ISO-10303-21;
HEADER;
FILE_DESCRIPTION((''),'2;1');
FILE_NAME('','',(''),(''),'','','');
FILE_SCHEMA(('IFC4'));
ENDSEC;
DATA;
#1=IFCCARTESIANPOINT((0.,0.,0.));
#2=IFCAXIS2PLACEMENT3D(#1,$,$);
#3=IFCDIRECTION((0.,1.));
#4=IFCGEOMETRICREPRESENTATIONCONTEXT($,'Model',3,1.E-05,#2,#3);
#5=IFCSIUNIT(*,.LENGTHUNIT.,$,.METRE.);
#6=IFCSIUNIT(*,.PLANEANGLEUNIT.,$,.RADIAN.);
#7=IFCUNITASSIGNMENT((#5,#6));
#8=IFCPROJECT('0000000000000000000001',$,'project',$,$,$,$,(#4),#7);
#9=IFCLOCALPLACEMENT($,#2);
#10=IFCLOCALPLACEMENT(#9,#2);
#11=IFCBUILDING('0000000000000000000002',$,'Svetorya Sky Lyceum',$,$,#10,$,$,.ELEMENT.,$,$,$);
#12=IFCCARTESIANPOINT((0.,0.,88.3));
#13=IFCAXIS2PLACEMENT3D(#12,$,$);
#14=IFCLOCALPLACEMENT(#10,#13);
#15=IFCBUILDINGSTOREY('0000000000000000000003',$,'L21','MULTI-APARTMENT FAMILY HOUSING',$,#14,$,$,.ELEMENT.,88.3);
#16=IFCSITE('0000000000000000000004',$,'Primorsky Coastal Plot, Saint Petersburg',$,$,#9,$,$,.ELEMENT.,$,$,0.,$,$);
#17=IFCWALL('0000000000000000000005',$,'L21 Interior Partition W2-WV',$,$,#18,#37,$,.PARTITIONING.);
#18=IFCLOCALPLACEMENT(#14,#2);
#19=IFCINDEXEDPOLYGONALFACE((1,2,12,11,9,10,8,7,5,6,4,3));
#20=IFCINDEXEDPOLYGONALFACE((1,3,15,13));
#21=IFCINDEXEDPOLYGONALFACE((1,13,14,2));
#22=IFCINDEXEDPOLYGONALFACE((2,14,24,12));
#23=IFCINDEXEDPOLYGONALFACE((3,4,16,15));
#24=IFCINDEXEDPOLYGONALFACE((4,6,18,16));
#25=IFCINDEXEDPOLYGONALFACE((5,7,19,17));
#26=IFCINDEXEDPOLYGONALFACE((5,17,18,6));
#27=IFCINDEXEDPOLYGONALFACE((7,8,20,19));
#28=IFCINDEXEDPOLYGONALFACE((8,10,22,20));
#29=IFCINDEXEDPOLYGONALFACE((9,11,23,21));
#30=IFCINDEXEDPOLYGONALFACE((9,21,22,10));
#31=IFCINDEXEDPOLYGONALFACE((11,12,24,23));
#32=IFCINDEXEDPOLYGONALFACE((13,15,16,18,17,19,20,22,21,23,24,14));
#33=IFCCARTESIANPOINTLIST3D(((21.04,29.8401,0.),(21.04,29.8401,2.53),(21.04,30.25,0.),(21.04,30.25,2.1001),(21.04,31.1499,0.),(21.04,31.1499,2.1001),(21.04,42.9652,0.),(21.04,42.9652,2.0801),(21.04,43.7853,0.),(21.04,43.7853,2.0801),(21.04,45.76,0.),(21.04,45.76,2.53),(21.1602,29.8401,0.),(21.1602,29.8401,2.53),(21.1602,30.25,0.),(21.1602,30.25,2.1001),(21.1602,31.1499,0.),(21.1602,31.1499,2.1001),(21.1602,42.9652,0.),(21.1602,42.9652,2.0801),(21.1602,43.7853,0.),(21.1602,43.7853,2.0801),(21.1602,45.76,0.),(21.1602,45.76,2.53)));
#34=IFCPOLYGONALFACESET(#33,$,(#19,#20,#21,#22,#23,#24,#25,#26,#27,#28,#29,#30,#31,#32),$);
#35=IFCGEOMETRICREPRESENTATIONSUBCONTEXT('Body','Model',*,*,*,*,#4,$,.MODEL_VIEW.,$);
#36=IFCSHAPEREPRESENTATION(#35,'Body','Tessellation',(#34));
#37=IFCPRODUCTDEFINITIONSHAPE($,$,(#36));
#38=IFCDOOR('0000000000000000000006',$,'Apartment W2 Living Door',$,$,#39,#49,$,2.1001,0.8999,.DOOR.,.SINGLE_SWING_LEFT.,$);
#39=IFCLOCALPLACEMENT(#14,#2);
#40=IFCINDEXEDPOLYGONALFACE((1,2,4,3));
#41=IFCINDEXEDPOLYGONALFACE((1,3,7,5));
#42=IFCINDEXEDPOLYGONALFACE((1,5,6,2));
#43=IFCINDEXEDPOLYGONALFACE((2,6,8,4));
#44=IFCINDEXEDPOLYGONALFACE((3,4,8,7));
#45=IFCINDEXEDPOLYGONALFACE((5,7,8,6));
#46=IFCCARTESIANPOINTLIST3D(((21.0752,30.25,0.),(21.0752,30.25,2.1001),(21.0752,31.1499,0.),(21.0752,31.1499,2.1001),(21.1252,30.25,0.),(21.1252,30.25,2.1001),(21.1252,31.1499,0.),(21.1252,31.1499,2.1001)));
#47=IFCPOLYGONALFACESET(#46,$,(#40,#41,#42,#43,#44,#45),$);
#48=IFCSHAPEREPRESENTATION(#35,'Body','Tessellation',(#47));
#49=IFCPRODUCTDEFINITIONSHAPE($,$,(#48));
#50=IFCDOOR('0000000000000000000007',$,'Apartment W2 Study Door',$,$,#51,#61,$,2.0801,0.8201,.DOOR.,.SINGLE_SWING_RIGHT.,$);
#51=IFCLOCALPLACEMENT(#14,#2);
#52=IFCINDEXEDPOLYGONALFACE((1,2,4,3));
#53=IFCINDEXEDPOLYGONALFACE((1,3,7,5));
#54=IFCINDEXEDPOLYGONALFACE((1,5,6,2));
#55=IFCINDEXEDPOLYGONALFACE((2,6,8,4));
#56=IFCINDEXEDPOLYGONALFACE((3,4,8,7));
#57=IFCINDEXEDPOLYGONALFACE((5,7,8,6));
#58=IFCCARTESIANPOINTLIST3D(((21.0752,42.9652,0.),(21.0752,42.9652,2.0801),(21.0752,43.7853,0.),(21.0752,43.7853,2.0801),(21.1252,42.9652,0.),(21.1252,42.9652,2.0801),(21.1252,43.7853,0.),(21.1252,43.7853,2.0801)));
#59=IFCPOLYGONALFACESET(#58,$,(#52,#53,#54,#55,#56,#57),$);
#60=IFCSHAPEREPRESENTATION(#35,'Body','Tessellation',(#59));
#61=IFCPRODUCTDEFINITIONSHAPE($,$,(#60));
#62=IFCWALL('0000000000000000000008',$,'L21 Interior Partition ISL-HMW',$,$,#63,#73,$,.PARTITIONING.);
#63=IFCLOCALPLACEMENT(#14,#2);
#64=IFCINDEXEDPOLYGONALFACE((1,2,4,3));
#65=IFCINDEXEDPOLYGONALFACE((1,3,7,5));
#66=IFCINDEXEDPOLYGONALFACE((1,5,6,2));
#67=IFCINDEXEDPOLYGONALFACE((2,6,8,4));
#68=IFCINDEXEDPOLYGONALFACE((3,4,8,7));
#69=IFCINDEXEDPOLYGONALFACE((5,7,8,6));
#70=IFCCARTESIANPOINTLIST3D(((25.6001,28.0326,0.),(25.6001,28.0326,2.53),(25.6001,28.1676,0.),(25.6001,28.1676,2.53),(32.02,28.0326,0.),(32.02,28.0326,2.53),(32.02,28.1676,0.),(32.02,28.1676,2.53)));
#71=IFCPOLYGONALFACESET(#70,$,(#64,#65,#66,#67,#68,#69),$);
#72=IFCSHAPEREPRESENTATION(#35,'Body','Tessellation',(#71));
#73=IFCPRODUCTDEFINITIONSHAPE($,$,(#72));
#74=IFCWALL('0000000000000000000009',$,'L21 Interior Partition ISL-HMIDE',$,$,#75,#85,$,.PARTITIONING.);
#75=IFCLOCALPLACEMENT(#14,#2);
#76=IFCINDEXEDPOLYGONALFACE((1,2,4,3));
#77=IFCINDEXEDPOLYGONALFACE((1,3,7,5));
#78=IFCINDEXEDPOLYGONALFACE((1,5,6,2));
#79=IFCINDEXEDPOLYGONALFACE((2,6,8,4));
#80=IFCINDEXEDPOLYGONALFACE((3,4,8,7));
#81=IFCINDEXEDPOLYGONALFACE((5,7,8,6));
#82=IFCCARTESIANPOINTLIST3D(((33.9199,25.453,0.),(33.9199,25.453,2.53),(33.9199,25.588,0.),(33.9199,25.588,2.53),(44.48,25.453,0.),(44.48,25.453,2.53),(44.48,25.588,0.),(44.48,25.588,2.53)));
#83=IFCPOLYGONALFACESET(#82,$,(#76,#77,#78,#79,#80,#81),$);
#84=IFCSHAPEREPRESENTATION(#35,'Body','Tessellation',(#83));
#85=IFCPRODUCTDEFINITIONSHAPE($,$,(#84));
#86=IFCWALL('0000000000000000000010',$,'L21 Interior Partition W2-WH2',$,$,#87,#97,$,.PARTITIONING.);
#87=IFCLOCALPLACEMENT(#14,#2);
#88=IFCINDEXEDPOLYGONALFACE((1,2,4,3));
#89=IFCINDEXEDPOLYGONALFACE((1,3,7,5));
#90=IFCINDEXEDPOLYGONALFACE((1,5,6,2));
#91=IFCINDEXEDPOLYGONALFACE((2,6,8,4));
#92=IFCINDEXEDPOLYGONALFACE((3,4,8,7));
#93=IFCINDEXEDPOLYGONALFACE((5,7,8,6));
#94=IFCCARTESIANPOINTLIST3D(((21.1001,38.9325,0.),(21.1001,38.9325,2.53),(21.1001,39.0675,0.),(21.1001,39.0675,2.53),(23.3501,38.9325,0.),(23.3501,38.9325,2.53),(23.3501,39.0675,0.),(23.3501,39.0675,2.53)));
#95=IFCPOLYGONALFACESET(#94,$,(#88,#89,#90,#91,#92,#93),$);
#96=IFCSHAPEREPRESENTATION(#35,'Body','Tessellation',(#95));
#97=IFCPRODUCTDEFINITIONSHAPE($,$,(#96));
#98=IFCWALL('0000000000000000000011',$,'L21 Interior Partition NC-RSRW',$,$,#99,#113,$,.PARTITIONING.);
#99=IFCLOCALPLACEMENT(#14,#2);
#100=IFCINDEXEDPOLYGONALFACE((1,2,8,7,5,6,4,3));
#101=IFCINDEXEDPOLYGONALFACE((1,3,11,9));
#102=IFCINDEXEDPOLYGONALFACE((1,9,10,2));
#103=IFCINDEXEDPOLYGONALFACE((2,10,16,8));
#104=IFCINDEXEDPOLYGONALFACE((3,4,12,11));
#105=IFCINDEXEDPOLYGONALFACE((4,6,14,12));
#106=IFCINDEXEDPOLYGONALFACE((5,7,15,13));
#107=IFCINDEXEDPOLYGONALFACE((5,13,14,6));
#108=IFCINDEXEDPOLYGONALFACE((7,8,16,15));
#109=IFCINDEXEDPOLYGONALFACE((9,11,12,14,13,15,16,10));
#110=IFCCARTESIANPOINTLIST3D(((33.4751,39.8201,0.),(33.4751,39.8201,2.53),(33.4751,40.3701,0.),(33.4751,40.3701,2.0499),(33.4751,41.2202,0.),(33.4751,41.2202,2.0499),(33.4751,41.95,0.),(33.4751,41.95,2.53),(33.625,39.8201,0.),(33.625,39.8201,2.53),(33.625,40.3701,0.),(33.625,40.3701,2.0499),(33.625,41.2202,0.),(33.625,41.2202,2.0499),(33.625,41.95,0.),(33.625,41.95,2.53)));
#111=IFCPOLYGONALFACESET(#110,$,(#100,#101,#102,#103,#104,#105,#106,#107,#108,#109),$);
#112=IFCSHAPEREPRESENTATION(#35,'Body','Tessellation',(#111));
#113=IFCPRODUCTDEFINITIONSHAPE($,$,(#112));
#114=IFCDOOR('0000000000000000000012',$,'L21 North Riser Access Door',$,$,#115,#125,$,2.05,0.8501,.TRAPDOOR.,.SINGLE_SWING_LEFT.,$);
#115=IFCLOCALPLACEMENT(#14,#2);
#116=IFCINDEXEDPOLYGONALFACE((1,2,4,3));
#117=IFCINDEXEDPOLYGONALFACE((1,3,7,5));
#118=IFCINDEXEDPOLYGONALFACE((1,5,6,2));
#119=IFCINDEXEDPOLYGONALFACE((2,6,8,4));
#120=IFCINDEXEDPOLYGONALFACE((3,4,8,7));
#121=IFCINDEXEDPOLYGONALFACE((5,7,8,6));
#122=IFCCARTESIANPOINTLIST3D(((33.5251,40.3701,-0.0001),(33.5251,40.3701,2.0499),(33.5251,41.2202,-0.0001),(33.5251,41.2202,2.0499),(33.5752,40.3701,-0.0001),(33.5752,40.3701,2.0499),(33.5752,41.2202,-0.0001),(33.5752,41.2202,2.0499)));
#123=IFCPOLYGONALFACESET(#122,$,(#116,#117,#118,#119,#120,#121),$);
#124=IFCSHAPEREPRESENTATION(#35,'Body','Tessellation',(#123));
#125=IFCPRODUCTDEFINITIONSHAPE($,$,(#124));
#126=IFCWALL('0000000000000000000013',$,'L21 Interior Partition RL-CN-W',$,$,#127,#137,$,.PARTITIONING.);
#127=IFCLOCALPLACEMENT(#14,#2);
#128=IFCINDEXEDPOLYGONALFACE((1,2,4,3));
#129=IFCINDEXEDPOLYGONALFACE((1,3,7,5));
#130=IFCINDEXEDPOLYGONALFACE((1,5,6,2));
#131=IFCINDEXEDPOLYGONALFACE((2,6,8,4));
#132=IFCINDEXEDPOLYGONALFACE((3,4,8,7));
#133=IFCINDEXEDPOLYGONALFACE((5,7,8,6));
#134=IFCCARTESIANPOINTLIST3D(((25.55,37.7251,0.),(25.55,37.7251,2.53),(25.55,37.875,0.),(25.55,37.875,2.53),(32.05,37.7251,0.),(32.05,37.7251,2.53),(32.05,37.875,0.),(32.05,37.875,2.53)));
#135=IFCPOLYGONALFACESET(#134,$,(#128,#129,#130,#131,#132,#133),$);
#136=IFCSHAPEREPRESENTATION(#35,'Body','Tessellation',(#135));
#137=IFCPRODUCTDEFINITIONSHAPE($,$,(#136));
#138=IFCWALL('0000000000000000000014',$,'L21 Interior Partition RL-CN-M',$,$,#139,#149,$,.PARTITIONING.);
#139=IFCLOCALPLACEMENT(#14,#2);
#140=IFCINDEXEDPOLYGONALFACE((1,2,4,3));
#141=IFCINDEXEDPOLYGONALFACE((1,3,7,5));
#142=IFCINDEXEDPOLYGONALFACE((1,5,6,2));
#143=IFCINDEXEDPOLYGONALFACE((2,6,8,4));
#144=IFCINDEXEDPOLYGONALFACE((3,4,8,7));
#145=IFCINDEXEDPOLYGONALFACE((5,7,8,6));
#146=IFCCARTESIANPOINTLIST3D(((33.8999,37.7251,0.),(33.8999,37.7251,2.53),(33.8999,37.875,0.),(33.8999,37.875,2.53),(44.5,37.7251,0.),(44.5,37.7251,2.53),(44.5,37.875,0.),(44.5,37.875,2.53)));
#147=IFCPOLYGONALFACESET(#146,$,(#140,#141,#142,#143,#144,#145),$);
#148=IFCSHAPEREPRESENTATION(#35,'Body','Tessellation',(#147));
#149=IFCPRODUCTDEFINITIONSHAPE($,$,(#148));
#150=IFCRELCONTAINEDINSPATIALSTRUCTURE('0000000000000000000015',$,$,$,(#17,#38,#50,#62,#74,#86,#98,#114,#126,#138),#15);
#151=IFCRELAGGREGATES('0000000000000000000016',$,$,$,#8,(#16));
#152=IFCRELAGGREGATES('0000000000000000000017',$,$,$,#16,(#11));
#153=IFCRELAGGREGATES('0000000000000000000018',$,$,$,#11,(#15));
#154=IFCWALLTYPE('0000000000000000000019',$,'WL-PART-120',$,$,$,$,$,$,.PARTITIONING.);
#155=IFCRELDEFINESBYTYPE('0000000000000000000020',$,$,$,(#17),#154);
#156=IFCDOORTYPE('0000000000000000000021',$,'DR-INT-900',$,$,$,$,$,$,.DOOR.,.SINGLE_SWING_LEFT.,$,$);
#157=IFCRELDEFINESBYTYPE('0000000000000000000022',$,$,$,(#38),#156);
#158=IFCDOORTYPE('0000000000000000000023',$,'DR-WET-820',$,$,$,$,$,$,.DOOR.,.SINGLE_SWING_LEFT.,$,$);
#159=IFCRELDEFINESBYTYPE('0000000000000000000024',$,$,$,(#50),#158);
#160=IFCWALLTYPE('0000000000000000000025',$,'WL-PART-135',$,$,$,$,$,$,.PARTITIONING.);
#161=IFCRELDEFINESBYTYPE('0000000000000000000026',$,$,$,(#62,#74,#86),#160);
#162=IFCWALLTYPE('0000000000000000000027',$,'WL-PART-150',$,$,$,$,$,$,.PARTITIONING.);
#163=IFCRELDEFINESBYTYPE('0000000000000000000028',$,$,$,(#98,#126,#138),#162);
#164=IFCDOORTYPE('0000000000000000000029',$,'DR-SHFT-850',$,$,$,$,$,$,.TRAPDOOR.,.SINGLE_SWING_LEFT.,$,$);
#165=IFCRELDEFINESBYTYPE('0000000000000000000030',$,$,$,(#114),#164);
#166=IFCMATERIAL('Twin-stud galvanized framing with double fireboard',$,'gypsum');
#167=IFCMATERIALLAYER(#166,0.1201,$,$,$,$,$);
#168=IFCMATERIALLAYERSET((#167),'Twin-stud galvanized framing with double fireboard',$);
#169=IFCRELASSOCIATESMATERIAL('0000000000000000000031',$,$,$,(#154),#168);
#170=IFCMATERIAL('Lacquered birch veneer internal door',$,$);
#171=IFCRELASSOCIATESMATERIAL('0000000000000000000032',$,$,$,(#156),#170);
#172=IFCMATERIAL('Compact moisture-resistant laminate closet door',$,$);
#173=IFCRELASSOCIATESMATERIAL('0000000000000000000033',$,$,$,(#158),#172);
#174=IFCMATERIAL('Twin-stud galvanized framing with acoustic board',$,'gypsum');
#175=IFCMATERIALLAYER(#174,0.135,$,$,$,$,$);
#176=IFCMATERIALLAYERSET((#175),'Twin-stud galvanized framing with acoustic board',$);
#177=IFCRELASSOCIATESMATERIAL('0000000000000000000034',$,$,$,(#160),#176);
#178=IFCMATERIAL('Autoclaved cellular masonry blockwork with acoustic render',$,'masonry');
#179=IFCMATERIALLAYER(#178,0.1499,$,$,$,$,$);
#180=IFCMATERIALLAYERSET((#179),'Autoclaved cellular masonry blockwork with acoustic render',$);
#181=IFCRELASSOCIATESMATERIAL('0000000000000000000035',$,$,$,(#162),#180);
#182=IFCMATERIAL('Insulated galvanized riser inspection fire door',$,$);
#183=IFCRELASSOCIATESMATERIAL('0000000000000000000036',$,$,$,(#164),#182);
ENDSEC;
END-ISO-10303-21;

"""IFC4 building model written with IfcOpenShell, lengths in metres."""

from ifc_helpers import new_model, si_unit, direction, frame, frame_2d, origin, place, context, subcontext, project, spatial, rectangle, extrude, material, layer, layer_set, type_object, element, fill, save


model = new_model("IFC4")

# Units and contexts
model_context = context("Model", 3, precision=1e-05, world=origin(), true_north=direction((0.0, 1.0)))
body_context = subcontext(model_context, "Body", "Model", "MODEL_VIEW")
ifc_project = project(units=[si_unit("LENGTHUNIT", "METRE"), si_unit("PLANEANGLEUNIT", "RADIAN")], contexts=[model_context])

# Site, building, storey
site_placement = place(None, origin())
site = spatial("IfcSite", under=ifc_project, at=site_placement, Name="Primorsky Coastal Plot, Saint Petersburg", CompositionType="ELEMENT", RefElevation=0.0)
building_placement = place(site_placement, origin())
building = spatial("IfcBuilding", under=site, at=building_placement, Name="Svetorya Sky Lyceum", CompositionType="ELEMENT")
storey_placement = place(building_placement, frame((0.0, 0.0, 88.3)))
storey = spatial("IfcBuildingStorey", under=building, at=storey_placement, Name="L21", Description="MULTI-APARTMENT FAMILY HOUSING", CompositionType="ELEMENT", Elevation=88.3)

# Shared definitions
ifc_material_1 = material(Name="Twin-stud galvanized framing with double fireboard", Category="gypsum")
ifc_layer_1 = layer(ifc_material_1, 0.1201)
ifc_layer_set_1 = layer_set([ifc_layer_1], Name="Twin-stud galvanized framing with double fireboard")
wall_type_1 = type_object("IfcWallType", Name="WL-PART-120", PredefinedType="PARTITIONING", material=ifc_layer_set_1)

# Wall, openings, doors
wall_1_placement = place(storey_placement, frame((21.1001, 29.8401, 0.0), z_axis=(0.0, 0.0, 1.0), x_axis=(0.0, 1.0, 0.0)))
wall_1 = element("IfcWall", 1, at=wall_1_placement, inside=storey, type_object=wall_type_1, Name="L21 Interior Partition W2-WV", PredefinedType="PARTITIONING", context=body_context, shape_type="SweptSolid", body=[
    extrude(rectangle(XDim=15.9199, YDim=0.1201, at=frame_2d((7.96, 0.0))), origin(), (0.0, 0.0, 1.0), 2.53),
])
opening_1_placement = place(wall_1_placement, frame((0.4099, 0.0, 0.0)))
opening_1 = element("IfcOpeningElement", 2, at=opening_1_placement, cuts=wall_1, PredefinedType="OPENING", context=body_context, shape_type="SweptSolid", body=[
    extrude(rectangle(XDim=0.8999, YDim=2.1001, at=frame_2d((0.45, 1.05))), frame((0.0, 0.0701, 0.0), z_axis=(0.0, -1.0, 0.0), x_axis=(1.0, 0.0, 0.0)), (0.0, 0.0, 1.0), 0.1401),
])
opening_2_placement = place(wall_1_placement, frame((13.125, 0.0, 0.0)))
opening_2 = element("IfcOpeningElement", 3, at=opening_2_placement, cuts=wall_1, PredefinedType="OPENING", context=body_context, shape_type="SweptSolid", body=[
    extrude(rectangle(XDim=0.8201, YDim=2.0801, at=frame_2d((0.4102, 1.04))), frame((0.0, 0.0701, 0.0), z_axis=(0.0, -1.0, 0.0), x_axis=(1.0, 0.0, 0.0)), (0.0, 0.0, 1.0), 0.1401),
])
ifc_material_2 = material(Name="Lacquered birch veneer internal door")
door_type_1 = type_object("IfcDoorType", Name="DR-INT-900", OperationType="SINGLE_SWING_LEFT", PredefinedType="DOOR", material=ifc_material_2)
door_1_placement = place(opening_1_placement, origin())
door_1 = element("IfcDoor", 4, at=door_1_placement, inside=storey, type_object=door_type_1, Name="Apartment W2 Living Door", OperationType="SINGLE_SWING_LEFT", OverallHeight=2.1001, OverallWidth=0.8999, PredefinedType="DOOR", context=body_context, shape_type="SweptSolid", body=[
    extrude(rectangle(XDim=0.8999, YDim=2.1001, at=frame_2d((0.45, 1.05))), frame((0.0, 0.0249, 0.0), z_axis=(0.0, -1.0, 0.0), x_axis=(1.0, 0.0, 0.0)), (0.0, 0.0, 1.0), 0.05),
])
fill(opening_1, door_1)
ifc_material_3 = material(Name="Compact moisture-resistant laminate closet door")
door_type_2 = type_object("IfcDoorType", Name="DR-WET-820", OperationType="SINGLE_SWING_LEFT", PredefinedType="DOOR", material=ifc_material_3)
door_2_placement = place(opening_2_placement, origin())
door_2 = element("IfcDoor", 5, at=door_2_placement, inside=storey, type_object=door_type_2, Name="Apartment W2 Study Door", OperationType="SINGLE_SWING_RIGHT", OverallHeight=2.0801, OverallWidth=0.8201, PredefinedType="DOOR", context=body_context, shape_type="SweptSolid", body=[
    extrude(rectangle(XDim=0.8201, YDim=2.0801, at=frame_2d((0.4102, 1.04))), frame((0.0, 0.0249, 0.0), z_axis=(0.0, -1.0, 0.0), x_axis=(1.0, 0.0, 0.0)), (0.0, 0.0, 1.0), 0.05),
])
fill(opening_2, door_2)

# Walls
ifc_material_4 = material(Name="Twin-stud galvanized framing with acoustic board", Category="gypsum")
ifc_layer_2 = layer(ifc_material_4, 0.135)
ifc_layer_set_2 = layer_set([ifc_layer_2], Name="Twin-stud galvanized framing with acoustic board")
wall_type_2 = type_object("IfcWallType", Name="WL-PART-135", PredefinedType="PARTITIONING", material=ifc_layer_set_2)
wall_2_placement = place(storey_placement, frame((25.6001, 28.1001, 0.0), z_axis=(0.0, 0.0, 1.0), x_axis=(1.0, 0.0, 0.0)))
element("IfcWall", 6, at=wall_2_placement, inside=storey, type_object=wall_type_2, Name="L21 Interior Partition ISL-HMW", PredefinedType="PARTITIONING", context=body_context, shape_type="SweptSolid", body=[
    extrude(rectangle(XDim=6.4199, YDim=0.135, at=frame_2d((3.21, 0.0))), origin(), (0.0, 0.0, 1.0), 2.53),
])
wall_3_placement = place(storey_placement, frame((33.9199, 25.5205, 0.0), z_axis=(0.0, 0.0, 1.0), x_axis=(1.0, 0.0, 0.0)))
element("IfcWall", 7, at=wall_3_placement, inside=storey, type_object=wall_type_2, Name="L21 Interior Partition ISL-HMIDE", PredefinedType="PARTITIONING", context=body_context, shape_type="SweptSolid", body=[
    extrude(rectangle(XDim=10.5601, YDim=0.135, at=frame_2d((5.28, 0.0))), origin(), (0.0, 0.0, 1.0), 2.53),
])
wall_4_placement = place(storey_placement, frame((21.1001, 39.0, 0.0), z_axis=(0.0, 0.0, 1.0), x_axis=(1.0, 0.0, 0.0)))
element("IfcWall", 8, at=wall_4_placement, inside=storey, type_object=wall_type_2, Name="L21 Interior Partition W2-WH2", PredefinedType="PARTITIONING", context=body_context, shape_type="SweptSolid", body=[
    extrude(rectangle(XDim=2.25, YDim=0.135, at=frame_2d((1.125, 0.0))), origin(), (0.0, 0.0, 1.0), 2.53),
])

# Wall, opening, door
ifc_material_5 = material(Name="Autoclaved cellular masonry blockwork with acoustic render", Category="masonry")
ifc_layer_3 = layer(ifc_material_5, 0.1499)
ifc_layer_set_3 = layer_set([ifc_layer_3], Name="Autoclaved cellular masonry blockwork with acoustic render")
wall_type_3 = type_object("IfcWallType", Name="WL-PART-150", PredefinedType="PARTITIONING", material=ifc_layer_set_3)
wall_5_placement = place(storey_placement, frame((33.55, 39.8201, 0.0), z_axis=(0.0, 0.0, 1.0), x_axis=(0.0, 1.0, 0.0)))
wall_5 = element("IfcWall", 9, at=wall_5_placement, inside=storey, type_object=wall_type_3, Name="L21 Interior Partition NC-RSRW", PredefinedType="PARTITIONING", context=body_context, shape_type="SweptSolid", body=[
    extrude(rectangle(XDim=2.1299, YDim=0.1499, at=frame_2d((1.0649, 0.0))), origin(), (0.0, 0.0, 1.0), 2.53),
])
opening_3_placement = place(wall_5_placement, frame((0.55, 0.0, 0.0)))
opening_3 = element("IfcOpeningElement", 10, at=opening_3_placement, cuts=wall_5, PredefinedType="OPENING", context=body_context, shape_type="SweptSolid", body=[
    extrude(rectangle(XDim=0.8501, YDim=2.05, at=frame_2d((0.425, 1.0249))), frame((0.0, 0.085, 0.0), z_axis=(0.0, -1.0, 0.0), x_axis=(1.0, 0.0, 0.0)), (0.0, 0.0, 1.0), 0.1699),
])
ifc_material_6 = material(Name="Insulated galvanized riser inspection fire door")
door_type_3 = type_object("IfcDoorType", Name="DR-SHFT-850", OperationType="SINGLE_SWING_LEFT", PredefinedType="TRAPDOOR", material=ifc_material_6)
door_3_placement = place(opening_3_placement, origin())
door_3 = element("IfcDoor", 11, at=door_3_placement, inside=storey, type_object=door_type_3, Name="L21 North Riser Access Door", OperationType="SINGLE_SWING_LEFT", OverallHeight=2.05, OverallWidth=0.8501, PredefinedType="TRAPDOOR", context=body_context, shape_type="SweptSolid", body=[
    extrude(rectangle(XDim=0.8501, YDim=2.05, at=frame_2d((0.425, 1.0249))), frame((0.0, 0.0249, 0.0), z_axis=(0.0, -1.0, 0.0), x_axis=(1.0, 0.0, 0.0)), (0.0, 0.0, 1.0), 0.05),
])
fill(opening_3, door_3)

# Walls
wall_6_placement = place(storey_placement, frame((25.55, 37.8, 0.0), z_axis=(0.0, 0.0, 1.0), x_axis=(1.0, 0.0, 0.0)))
element("IfcWall", 12, at=wall_6_placement, inside=storey, type_object=wall_type_3, Name="L21 Interior Partition RL-CN-W", PredefinedType="PARTITIONING", context=body_context, shape_type="SweptSolid", body=[
    extrude(rectangle(XDim=6.5, YDim=0.1499, at=frame_2d((3.25, 0.0))), origin(), (0.0, 0.0, 1.0), 2.53),
])
wall_7_placement = place(storey_placement, frame((33.8999, 37.8, 0.0), z_axis=(0.0, 0.0, 1.0), x_axis=(1.0, 0.0, 0.0)))
element("IfcWall", 13, at=wall_7_placement, inside=storey, type_object=wall_type_3, Name="L21 Interior Partition RL-CN-M", PredefinedType="PARTITIONING", context=body_context, shape_type="SweptSolid", body=[
    extrude(rectangle(XDim=10.6001, YDim=0.1499, at=frame_2d((5.3, 0.0))), origin(), (0.0, 0.0, 1.0), 2.53),
])

save(model, "model.ifc")
